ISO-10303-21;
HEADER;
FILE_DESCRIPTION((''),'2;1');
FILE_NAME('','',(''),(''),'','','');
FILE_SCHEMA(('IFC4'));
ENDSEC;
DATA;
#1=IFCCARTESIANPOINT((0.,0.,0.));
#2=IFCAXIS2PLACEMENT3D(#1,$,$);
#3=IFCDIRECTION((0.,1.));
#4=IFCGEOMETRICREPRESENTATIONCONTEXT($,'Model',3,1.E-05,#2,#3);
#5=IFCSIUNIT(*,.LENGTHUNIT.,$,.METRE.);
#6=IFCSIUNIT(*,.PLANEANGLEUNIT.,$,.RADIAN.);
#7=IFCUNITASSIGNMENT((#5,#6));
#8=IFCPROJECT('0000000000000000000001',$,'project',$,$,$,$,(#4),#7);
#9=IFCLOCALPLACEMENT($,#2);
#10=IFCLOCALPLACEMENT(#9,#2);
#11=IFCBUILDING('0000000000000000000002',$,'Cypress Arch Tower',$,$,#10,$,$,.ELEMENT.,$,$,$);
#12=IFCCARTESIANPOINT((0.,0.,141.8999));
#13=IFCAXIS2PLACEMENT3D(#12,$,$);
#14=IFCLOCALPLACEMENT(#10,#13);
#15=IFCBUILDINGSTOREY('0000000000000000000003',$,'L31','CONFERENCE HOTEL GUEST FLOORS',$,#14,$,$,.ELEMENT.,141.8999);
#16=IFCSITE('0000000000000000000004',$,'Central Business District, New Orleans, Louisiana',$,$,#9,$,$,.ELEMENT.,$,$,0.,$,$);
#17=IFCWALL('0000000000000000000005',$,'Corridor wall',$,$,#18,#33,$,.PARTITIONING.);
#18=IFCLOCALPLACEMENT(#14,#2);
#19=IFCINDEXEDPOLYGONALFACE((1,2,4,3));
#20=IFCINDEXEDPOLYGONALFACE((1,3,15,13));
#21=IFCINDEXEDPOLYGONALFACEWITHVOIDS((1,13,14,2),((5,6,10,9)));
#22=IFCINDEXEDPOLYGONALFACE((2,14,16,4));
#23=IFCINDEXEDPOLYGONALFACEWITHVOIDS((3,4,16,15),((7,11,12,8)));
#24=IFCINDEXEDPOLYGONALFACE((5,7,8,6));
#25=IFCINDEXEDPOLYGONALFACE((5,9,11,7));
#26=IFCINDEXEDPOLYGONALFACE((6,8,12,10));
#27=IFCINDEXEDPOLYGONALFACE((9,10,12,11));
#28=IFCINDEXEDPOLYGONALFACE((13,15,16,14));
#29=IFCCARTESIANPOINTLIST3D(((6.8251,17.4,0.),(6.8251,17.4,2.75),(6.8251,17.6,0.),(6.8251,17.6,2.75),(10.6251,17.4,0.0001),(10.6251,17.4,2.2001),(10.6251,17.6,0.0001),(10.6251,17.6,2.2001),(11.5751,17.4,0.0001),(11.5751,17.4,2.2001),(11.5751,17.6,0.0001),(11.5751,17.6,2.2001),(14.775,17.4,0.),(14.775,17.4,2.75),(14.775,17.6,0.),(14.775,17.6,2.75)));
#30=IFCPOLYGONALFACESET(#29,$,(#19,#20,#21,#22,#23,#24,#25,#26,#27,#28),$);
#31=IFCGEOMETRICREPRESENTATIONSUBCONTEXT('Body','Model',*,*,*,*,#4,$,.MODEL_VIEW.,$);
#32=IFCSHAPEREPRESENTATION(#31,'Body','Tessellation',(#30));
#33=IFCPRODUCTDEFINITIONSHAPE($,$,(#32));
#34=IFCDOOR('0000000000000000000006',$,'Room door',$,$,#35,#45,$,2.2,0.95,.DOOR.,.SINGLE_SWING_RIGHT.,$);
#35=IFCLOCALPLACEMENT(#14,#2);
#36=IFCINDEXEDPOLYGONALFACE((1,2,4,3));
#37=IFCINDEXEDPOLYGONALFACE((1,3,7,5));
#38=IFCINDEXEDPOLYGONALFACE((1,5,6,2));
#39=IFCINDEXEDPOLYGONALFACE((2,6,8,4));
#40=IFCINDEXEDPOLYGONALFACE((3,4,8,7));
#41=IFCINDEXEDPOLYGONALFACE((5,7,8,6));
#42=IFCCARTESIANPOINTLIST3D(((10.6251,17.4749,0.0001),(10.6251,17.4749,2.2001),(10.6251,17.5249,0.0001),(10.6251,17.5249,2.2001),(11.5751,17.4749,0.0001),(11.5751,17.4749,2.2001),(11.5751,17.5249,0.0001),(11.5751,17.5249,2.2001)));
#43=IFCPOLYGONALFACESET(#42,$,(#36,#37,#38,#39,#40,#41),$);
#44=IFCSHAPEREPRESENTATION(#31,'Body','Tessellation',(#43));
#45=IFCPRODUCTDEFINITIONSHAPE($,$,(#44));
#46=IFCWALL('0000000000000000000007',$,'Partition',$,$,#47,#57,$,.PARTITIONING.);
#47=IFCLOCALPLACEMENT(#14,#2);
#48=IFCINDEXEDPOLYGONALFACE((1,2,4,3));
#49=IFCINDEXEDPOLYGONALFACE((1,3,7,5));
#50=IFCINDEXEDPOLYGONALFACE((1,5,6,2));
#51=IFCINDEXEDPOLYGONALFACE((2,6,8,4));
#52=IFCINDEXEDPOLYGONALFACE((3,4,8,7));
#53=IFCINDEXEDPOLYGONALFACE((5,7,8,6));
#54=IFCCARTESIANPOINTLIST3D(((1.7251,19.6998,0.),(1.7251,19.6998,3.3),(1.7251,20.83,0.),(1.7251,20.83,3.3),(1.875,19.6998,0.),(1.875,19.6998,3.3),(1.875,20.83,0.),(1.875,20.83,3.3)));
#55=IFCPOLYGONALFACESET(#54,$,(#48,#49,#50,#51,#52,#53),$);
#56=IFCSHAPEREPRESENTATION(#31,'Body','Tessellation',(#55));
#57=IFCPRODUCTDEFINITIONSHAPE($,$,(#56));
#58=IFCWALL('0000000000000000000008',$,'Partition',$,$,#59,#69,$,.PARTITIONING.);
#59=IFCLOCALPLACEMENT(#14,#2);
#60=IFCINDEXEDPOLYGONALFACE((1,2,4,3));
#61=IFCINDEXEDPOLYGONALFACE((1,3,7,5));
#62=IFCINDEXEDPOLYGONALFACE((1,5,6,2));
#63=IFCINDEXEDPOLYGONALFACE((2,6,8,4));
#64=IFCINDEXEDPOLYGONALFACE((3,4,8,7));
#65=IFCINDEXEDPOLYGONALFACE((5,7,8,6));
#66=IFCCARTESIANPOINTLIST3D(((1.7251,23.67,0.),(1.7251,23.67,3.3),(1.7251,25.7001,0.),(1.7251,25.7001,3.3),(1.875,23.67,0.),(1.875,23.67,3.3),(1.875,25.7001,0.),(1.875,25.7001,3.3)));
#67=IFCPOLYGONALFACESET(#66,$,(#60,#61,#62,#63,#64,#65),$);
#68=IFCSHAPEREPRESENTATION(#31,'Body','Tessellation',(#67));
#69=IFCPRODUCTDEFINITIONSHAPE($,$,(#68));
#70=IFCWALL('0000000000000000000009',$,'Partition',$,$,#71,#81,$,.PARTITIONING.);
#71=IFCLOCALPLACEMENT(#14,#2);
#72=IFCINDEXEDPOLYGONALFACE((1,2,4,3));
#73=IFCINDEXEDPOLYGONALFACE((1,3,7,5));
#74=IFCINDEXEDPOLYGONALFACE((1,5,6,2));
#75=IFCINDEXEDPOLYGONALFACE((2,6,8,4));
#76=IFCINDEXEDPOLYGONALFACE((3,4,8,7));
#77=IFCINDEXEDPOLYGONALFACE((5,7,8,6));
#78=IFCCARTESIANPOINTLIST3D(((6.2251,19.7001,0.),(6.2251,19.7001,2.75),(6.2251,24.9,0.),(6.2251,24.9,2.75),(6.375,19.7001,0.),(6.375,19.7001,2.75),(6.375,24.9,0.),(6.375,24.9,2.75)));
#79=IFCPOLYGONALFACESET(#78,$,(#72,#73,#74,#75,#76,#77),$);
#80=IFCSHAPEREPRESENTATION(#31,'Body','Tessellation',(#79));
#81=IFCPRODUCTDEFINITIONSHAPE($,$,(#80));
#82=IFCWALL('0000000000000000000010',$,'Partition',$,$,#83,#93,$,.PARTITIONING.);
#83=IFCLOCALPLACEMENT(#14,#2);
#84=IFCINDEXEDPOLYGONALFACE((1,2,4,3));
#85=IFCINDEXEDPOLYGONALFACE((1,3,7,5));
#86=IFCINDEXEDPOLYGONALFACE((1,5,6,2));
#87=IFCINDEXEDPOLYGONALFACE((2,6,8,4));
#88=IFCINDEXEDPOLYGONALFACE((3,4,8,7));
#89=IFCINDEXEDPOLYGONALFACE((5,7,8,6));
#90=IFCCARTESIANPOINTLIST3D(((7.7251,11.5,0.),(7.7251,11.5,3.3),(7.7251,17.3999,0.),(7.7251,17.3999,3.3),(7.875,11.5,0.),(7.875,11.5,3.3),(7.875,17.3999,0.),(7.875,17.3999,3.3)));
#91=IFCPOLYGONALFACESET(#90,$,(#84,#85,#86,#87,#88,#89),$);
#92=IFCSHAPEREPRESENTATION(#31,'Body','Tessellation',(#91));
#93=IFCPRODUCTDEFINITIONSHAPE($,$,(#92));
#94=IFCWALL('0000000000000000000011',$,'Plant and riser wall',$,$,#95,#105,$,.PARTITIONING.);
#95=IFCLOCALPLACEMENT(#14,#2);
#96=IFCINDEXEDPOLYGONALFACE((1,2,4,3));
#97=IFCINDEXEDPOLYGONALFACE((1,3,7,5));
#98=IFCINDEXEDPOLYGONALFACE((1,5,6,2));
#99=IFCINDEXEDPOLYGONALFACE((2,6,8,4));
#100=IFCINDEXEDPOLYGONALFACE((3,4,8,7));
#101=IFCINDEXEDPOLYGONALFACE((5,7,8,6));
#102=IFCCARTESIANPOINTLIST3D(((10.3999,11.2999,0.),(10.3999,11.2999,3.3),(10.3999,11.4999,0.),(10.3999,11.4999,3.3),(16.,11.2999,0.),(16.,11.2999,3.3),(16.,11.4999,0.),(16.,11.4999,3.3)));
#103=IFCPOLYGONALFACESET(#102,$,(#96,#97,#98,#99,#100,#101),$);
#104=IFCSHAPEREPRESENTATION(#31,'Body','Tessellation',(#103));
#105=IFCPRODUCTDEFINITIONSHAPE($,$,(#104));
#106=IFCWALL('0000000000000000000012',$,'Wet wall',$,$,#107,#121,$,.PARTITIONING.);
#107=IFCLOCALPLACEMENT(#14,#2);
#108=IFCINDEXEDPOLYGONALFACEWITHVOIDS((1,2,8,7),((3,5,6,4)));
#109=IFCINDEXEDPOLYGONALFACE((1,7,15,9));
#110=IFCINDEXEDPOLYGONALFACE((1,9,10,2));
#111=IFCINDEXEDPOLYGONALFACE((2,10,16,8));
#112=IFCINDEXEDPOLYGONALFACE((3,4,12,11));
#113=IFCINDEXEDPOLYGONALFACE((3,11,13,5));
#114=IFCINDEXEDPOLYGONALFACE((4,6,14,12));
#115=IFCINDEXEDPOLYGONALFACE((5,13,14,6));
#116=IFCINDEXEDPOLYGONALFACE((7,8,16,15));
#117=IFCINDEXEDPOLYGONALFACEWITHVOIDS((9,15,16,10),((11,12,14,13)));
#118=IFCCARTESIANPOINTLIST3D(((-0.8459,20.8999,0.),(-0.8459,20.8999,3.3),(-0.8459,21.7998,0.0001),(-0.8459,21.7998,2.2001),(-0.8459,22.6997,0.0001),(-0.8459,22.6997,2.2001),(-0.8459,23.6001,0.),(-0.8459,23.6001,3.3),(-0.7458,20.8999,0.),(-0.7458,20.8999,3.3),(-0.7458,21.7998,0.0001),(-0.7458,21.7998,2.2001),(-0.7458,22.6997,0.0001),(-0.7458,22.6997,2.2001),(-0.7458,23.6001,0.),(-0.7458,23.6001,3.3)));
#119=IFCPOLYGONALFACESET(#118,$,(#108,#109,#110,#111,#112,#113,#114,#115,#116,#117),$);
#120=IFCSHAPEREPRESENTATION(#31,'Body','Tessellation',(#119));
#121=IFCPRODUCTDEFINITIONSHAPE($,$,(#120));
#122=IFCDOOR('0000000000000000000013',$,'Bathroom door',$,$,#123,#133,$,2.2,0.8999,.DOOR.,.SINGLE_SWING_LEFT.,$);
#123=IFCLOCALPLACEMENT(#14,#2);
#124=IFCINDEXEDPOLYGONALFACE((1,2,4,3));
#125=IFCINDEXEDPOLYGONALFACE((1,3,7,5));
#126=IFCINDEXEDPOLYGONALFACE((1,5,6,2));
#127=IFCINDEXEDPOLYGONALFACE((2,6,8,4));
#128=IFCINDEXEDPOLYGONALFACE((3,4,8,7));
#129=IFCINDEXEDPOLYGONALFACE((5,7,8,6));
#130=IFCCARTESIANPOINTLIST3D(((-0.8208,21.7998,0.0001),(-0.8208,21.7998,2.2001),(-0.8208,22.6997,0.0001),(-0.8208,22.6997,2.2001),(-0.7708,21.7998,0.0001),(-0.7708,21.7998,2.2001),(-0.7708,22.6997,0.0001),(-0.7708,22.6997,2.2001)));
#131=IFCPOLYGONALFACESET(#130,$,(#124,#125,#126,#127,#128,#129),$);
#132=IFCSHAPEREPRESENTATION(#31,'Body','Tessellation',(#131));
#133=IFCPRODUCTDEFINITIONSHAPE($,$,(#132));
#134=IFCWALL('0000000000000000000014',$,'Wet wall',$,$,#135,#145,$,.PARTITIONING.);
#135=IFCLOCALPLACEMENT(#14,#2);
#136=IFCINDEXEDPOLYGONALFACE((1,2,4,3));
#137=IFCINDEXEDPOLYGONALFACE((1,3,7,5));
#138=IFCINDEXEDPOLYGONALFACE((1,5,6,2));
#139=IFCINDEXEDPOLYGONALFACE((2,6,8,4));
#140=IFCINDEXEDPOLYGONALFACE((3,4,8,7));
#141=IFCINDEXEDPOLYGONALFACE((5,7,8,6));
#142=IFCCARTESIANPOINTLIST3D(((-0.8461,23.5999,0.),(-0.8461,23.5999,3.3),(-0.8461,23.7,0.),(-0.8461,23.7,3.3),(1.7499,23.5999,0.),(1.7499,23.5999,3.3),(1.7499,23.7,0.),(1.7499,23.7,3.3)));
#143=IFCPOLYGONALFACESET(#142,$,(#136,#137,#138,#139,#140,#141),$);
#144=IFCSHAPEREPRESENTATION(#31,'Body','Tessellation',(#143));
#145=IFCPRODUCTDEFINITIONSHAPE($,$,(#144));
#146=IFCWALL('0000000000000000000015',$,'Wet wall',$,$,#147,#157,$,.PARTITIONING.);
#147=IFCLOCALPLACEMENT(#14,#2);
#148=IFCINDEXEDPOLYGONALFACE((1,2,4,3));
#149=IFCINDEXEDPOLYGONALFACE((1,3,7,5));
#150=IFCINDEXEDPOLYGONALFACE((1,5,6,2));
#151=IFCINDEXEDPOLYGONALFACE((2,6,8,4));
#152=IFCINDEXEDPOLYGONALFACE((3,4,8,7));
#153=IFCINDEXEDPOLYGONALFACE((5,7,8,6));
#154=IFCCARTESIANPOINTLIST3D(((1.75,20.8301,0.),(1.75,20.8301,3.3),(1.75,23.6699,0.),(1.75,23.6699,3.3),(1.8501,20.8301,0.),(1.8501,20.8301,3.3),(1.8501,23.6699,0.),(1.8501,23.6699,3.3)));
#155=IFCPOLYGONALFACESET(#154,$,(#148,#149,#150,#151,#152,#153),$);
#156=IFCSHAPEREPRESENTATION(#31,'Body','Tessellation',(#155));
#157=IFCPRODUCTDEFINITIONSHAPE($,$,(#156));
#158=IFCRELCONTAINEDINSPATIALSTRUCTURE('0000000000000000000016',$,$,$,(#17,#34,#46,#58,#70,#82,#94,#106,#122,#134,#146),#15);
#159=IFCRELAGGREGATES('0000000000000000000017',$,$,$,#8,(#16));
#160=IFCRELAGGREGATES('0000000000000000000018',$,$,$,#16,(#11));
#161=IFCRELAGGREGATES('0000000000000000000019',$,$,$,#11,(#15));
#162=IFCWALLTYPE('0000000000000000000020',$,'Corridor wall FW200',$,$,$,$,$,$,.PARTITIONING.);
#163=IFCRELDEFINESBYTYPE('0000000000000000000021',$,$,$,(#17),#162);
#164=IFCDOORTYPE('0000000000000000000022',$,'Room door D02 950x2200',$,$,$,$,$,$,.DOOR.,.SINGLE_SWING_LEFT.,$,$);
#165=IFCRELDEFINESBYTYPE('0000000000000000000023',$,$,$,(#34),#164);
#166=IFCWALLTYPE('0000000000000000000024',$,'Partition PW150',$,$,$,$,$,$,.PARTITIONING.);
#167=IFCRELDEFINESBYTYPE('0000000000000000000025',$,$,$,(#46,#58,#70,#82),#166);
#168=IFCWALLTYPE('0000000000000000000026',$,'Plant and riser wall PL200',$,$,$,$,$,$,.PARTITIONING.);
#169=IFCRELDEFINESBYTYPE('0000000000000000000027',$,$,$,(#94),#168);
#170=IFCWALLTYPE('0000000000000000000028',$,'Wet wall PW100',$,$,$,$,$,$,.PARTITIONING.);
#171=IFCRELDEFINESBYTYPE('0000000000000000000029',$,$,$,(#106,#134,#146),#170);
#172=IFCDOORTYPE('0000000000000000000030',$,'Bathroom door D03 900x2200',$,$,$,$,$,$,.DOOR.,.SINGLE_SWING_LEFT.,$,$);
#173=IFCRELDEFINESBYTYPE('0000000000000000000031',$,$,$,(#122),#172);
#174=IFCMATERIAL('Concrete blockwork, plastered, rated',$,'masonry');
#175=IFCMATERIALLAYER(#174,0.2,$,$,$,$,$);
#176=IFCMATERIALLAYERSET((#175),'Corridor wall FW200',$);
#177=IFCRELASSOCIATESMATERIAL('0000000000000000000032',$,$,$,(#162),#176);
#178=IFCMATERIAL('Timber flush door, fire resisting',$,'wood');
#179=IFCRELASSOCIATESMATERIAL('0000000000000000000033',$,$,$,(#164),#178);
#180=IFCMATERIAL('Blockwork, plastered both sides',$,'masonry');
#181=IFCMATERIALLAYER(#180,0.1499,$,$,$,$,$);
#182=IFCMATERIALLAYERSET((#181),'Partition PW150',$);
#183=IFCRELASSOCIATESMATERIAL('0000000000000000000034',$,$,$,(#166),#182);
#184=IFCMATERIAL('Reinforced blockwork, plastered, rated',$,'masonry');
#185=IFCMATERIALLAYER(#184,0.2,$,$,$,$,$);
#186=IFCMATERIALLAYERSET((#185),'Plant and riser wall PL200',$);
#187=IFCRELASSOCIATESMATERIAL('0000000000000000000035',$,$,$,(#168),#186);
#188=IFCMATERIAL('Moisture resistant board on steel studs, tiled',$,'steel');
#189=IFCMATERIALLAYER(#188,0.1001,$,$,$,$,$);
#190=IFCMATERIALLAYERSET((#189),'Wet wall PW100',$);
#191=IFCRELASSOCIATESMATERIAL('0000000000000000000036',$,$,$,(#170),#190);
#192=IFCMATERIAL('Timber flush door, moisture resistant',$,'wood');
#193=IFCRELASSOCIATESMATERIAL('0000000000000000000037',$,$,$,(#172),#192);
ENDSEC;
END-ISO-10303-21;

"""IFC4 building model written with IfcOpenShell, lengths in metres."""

from ifc_helpers import new_model, si_unit, direction, frame, frame_2d, origin, place, context, subcontext, project, spatial, rectangle, extrude, material, layer, layer_set, type_object, element, fill, save


model = new_model("IFC4")

# Units and contexts
model_context = context("Model", 3, precision=1e-05, world=origin(), true_north=direction((0.0, 1.0)))
body_context = subcontext(model_context, "Body", "Model", "MODEL_VIEW")
ifc_project = project(units=[si_unit("LENGTHUNIT", "METRE"), si_unit("PLANEANGLEUNIT", "RADIAN")], contexts=[model_context])

# Site, building, storey
site_placement = place(None, origin())
site = spatial("IfcSite", under=ifc_project, at=site_placement, Name="Central Business District, New Orleans, Louisiana", CompositionType="ELEMENT", RefElevation=0.0)
building_placement = place(site_placement, origin())
building = spatial("IfcBuilding", under=site, at=building_placement, Name="Cypress Arch Tower", CompositionType="ELEMENT")
storey_placement = place(building_placement, frame((0.0, 0.0, 141.8999)))
storey = spatial("IfcBuildingStorey", under=building, at=storey_placement, Name="L31", Description="CONFERENCE HOTEL GUEST FLOORS", CompositionType="ELEMENT", Elevation=141.8999)

# Shared definitions
ifc_material_1 = material(Name="Concrete blockwork, plastered, rated", Category="masonry")
ifc_layer_1 = layer(ifc_material_1, 0.2)
ifc_layer_set_1 = layer_set([ifc_layer_1], Name="Corridor wall FW200")
wall_type_1 = type_object("IfcWallType", Name="Corridor wall FW200", PredefinedType="PARTITIONING", material=ifc_layer_set_1)

# Wall, opening, door
wall_1_placement = place(storey_placement, frame((6.825, 17.5, 0.0), z_axis=(0.0, 0.0, 1.0), x_axis=(1.0, 0.0, 0.0)))
wall_1 = element("IfcWall", 1, at=wall_1_placement, inside=storey, type_object=wall_type_1, Name="Corridor wall", PredefinedType="PARTITIONING", context=body_context, shape_type="SweptSolid", body=[
    extrude(rectangle(XDim=7.95, YDim=0.2, at=frame_2d((3.9751, 0.0))), origin(), (0.0, 0.0, 1.0), 2.75),
])
opening_1_placement = place(wall_1_placement, frame((3.8, 0.0, 0.0)))
opening_1 = element("IfcOpeningElement", 2, at=opening_1_placement, cuts=wall_1, PredefinedType="OPENING", context=body_context, shape_type="SweptSolid", body=[
    extrude(rectangle(XDim=0.95, YDim=2.2, at=frame_2d((0.4751, 1.1001))), frame((0.0, 0.1099, 0.0), z_axis=(0.0, -1.0, 0.0), x_axis=(1.0, 0.0, 0.0)), (0.0, 0.0, 1.0), 0.22),
])
ifc_material_2 = material(Name="Timber flush door, fire resisting", Category="wood")
door_type_1 = type_object("IfcDoorType", Name="Room door D02 950x2200", OperationType="SINGLE_SWING_LEFT", PredefinedType="DOOR", material=ifc_material_2)
door_1_placement = place(opening_1_placement, origin())
door_1 = element("IfcDoor", 3, at=door_1_placement, inside=storey, type_object=door_type_1, Name="Room door", OperationType="SINGLE_SWING_RIGHT", OverallHeight=2.2, OverallWidth=0.95, PredefinedType="DOOR", context=body_context, shape_type="SweptSolid", body=[
    extrude(rectangle(XDim=0.95, YDim=2.2, at=frame_2d((0.4751, 1.1001))), frame((0.0, 0.0249, 0.0), z_axis=(0.0, -1.0, 0.0), x_axis=(1.0, 0.0, 0.0)), (0.0, 0.0, 1.0), 0.05),
])
fill(opening_1, door_1)

# Walls
ifc_material_3 = material(Name="Blockwork, plastered both sides", Category="masonry")
ifc_layer_2 = layer(ifc_material_3, 0.1499)
ifc_layer_set_2 = layer_set([ifc_layer_2], Name="Partition PW150")
wall_type_2 = type_object("IfcWallType", Name="Partition PW150", PredefinedType="PARTITIONING", material=ifc_layer_set_2)
wall_2_placement = place(storey_placement, frame((1.8, 19.7, 0.0), z_axis=(0.0, 0.0, 1.0), x_axis=(0.0, 1.0, 0.0)))
element("IfcWall", 4, at=wall_2_placement, inside=storey, type_object=wall_type_2, Name="Partition", PredefinedType="PARTITIONING", context=body_context, shape_type="SweptSolid", body=[
    extrude(rectangle(XDim=1.1301, YDim=0.1499, at=frame_2d((0.5649, 0.0))), origin(), (0.0, 0.0, 1.0), 3.3),
])
wall_3_placement = place(storey_placement, frame((1.8, 23.6699, 0.0), z_axis=(0.0, 0.0, 1.0), x_axis=(0.0, 1.0, 0.0)))
element("IfcWall", 5, at=wall_3_placement, inside=storey, type_object=wall_type_2, Name="Partition", PredefinedType="PARTITIONING", context=body_context, shape_type="SweptSolid", body=[
    extrude(rectangle(XDim=2.03, YDim=0.1499, at=frame_2d((1.0151, 0.0))), origin(), (0.0, 0.0, 1.0), 3.3),
])
wall_4_placement = place(storey_placement, frame((6.3, 19.7, 0.0), z_axis=(0.0, 0.0, 1.0), x_axis=(0.0, 1.0, 0.0)))
element("IfcWall", 6, at=wall_4_placement, inside=storey, type_object=wall_type_2, Name="Partition", PredefinedType="PARTITIONING", context=body_context, shape_type="SweptSolid", body=[
    extrude(rectangle(XDim=5.2, YDim=0.1499, at=frame_2d((2.6001, 0.0))), origin(), (0.0, 0.0, 1.0), 2.75),
])
wall_5_placement = place(storey_placement, frame((7.8, 11.5, 0.0), z_axis=(0.0, 0.0, 1.0), x_axis=(0.0, 1.0, 0.0)))
element("IfcWall", 7, at=wall_5_placement, inside=storey, type_object=wall_type_2, Name="Partition", PredefinedType="PARTITIONING", context=body_context, shape_type="SweptSolid", body=[
    extrude(rectangle(XDim=5.8999, YDim=0.1499, at=frame_2d((2.95, 0.0))), origin(), (0.0, 0.0, 1.0), 3.3),
])
ifc_material_4 = material(Name="Reinforced blockwork, plastered, rated", Category="masonry")
ifc_layer_3 = layer(ifc_material_4, 0.2)
ifc_layer_set_3 = layer_set([ifc_layer_3], Name="Plant and riser wall PL200")
wall_type_3 = type_object("IfcWallType", Name="Plant and riser wall PL200", PredefinedType="PARTITIONING", material=ifc_layer_set_3)
wall_6_placement = place(storey_placement, frame((10.3999, 11.3999, 0.0), z_axis=(0.0, 0.0, 1.0), x_axis=(1.0, 0.0, 0.0)))
element("IfcWall", 8, at=wall_6_placement, inside=storey, type_object=wall_type_3, Name="Plant and riser wall", PredefinedType="PARTITIONING", context=body_context, shape_type="SweptSolid", body=[
    extrude(rectangle(XDim=5.6001, YDim=0.2, at=frame_2d((2.8, 0.0))), origin(), (0.0, 0.0, 1.0), 3.3),
])

# Wall, opening, door
ifc_material_5 = material(Name="Moisture resistant board on steel studs, tiled", Category="steel")
ifc_layer_4 = layer(ifc_material_5, 0.1001)
ifc_layer_set_4 = layer_set([ifc_layer_4], Name="Wet wall PW100")
wall_type_4 = type_object("IfcWallType", Name="Wet wall PW100", PredefinedType="PARTITIONING", material=ifc_layer_set_4)
wall_7_placement = place(storey_placement, frame((-0.7959, 20.8999, 0.0), z_axis=(0.0, 0.0, 1.0), x_axis=(0.0, 1.0, 0.0)))
wall_7 = element("IfcWall", 9, at=wall_7_placement, inside=storey, type_object=wall_type_4, Name="Wet wall", PredefinedType="PARTITIONING", context=body_context, shape_type="SweptSolid", body=[
    extrude(rectangle(XDim=2.7002, YDim=0.1001, at=frame_2d((1.3501, 0.0))), origin(), (0.0, 0.0, 1.0), 3.3),
])
opening_2_placement = place(wall_7_placement, frame((0.8999, 0.0, 0.0)))
opening_2 = element("IfcOpeningElement", 10, at=opening_2_placement, cuts=wall_7, PredefinedType="OPENING", context=body_context, shape_type="SweptSolid", body=[
    extrude(rectangle(XDim=0.8999, YDim=2.2, at=frame_2d((0.45, 1.1001))), frame((0.0, 0.0601, 0.0), z_axis=(0.0, -1.0, 0.0), x_axis=(1.0, 0.0, 0.0)), (0.0, 0.0, 1.0), 0.1201),
])
ifc_material_6 = material(Name="Timber flush door, moisture resistant", Category="wood")
door_type_2 = type_object("IfcDoorType", Name="Bathroom door D03 900x2200", OperationType="SINGLE_SWING_LEFT", PredefinedType="DOOR", material=ifc_material_6)
door_2_placement = place(opening_2_placement, origin())
door_2 = element("IfcDoor", 11, at=door_2_placement, inside=storey, type_object=door_type_2, Name="Bathroom door", OperationType="SINGLE_SWING_LEFT", OverallHeight=2.2, OverallWidth=0.8999, PredefinedType="DOOR", context=body_context, shape_type="SweptSolid", body=[
    extrude(rectangle(XDim=0.8999, YDim=2.2, at=frame_2d((0.45, 1.1001))), frame((0.0, 0.0249, 0.0), z_axis=(0.0, -1.0, 0.0), x_axis=(1.0, 0.0, 0.0)), (0.0, 0.0, 1.0), 0.05),
])
fill(opening_2, door_2)

# Walls
wall_8_placement = place(storey_placement, frame((-0.8459, 23.6499, 0.0), z_axis=(0.0, 0.0, 1.0), x_axis=(1.0, 0.0, 0.0)))
element("IfcWall", 12, at=wall_8_placement, inside=storey, type_object=wall_type_4, Name="Wet wall", PredefinedType="PARTITIONING", context=body_context, shape_type="SweptSolid", body=[
    extrude(rectangle(XDim=2.5959, YDim=0.1001, at=frame_2d((1.2979, 0.0))), origin(), (0.0, 0.0, 1.0), 3.3),
])
wall_9_placement = place(storey_placement, frame((1.8, 20.8301, 0.0), z_axis=(0.0, 0.0, 1.0), x_axis=(0.0, 1.0, 0.0)))
element("IfcWall", 13, at=wall_9_placement, inside=storey, type_object=wall_type_4, Name="Wet wall", PredefinedType="PARTITIONING", context=body_context, shape_type="SweptSolid", body=[
    extrude(rectangle(XDim=2.8398, YDim=0.1001, at=frame_2d((1.4199, 0.0))), origin(), (0.0, 0.0, 1.0), 3.3),
])

save(model, "model.ifc")
